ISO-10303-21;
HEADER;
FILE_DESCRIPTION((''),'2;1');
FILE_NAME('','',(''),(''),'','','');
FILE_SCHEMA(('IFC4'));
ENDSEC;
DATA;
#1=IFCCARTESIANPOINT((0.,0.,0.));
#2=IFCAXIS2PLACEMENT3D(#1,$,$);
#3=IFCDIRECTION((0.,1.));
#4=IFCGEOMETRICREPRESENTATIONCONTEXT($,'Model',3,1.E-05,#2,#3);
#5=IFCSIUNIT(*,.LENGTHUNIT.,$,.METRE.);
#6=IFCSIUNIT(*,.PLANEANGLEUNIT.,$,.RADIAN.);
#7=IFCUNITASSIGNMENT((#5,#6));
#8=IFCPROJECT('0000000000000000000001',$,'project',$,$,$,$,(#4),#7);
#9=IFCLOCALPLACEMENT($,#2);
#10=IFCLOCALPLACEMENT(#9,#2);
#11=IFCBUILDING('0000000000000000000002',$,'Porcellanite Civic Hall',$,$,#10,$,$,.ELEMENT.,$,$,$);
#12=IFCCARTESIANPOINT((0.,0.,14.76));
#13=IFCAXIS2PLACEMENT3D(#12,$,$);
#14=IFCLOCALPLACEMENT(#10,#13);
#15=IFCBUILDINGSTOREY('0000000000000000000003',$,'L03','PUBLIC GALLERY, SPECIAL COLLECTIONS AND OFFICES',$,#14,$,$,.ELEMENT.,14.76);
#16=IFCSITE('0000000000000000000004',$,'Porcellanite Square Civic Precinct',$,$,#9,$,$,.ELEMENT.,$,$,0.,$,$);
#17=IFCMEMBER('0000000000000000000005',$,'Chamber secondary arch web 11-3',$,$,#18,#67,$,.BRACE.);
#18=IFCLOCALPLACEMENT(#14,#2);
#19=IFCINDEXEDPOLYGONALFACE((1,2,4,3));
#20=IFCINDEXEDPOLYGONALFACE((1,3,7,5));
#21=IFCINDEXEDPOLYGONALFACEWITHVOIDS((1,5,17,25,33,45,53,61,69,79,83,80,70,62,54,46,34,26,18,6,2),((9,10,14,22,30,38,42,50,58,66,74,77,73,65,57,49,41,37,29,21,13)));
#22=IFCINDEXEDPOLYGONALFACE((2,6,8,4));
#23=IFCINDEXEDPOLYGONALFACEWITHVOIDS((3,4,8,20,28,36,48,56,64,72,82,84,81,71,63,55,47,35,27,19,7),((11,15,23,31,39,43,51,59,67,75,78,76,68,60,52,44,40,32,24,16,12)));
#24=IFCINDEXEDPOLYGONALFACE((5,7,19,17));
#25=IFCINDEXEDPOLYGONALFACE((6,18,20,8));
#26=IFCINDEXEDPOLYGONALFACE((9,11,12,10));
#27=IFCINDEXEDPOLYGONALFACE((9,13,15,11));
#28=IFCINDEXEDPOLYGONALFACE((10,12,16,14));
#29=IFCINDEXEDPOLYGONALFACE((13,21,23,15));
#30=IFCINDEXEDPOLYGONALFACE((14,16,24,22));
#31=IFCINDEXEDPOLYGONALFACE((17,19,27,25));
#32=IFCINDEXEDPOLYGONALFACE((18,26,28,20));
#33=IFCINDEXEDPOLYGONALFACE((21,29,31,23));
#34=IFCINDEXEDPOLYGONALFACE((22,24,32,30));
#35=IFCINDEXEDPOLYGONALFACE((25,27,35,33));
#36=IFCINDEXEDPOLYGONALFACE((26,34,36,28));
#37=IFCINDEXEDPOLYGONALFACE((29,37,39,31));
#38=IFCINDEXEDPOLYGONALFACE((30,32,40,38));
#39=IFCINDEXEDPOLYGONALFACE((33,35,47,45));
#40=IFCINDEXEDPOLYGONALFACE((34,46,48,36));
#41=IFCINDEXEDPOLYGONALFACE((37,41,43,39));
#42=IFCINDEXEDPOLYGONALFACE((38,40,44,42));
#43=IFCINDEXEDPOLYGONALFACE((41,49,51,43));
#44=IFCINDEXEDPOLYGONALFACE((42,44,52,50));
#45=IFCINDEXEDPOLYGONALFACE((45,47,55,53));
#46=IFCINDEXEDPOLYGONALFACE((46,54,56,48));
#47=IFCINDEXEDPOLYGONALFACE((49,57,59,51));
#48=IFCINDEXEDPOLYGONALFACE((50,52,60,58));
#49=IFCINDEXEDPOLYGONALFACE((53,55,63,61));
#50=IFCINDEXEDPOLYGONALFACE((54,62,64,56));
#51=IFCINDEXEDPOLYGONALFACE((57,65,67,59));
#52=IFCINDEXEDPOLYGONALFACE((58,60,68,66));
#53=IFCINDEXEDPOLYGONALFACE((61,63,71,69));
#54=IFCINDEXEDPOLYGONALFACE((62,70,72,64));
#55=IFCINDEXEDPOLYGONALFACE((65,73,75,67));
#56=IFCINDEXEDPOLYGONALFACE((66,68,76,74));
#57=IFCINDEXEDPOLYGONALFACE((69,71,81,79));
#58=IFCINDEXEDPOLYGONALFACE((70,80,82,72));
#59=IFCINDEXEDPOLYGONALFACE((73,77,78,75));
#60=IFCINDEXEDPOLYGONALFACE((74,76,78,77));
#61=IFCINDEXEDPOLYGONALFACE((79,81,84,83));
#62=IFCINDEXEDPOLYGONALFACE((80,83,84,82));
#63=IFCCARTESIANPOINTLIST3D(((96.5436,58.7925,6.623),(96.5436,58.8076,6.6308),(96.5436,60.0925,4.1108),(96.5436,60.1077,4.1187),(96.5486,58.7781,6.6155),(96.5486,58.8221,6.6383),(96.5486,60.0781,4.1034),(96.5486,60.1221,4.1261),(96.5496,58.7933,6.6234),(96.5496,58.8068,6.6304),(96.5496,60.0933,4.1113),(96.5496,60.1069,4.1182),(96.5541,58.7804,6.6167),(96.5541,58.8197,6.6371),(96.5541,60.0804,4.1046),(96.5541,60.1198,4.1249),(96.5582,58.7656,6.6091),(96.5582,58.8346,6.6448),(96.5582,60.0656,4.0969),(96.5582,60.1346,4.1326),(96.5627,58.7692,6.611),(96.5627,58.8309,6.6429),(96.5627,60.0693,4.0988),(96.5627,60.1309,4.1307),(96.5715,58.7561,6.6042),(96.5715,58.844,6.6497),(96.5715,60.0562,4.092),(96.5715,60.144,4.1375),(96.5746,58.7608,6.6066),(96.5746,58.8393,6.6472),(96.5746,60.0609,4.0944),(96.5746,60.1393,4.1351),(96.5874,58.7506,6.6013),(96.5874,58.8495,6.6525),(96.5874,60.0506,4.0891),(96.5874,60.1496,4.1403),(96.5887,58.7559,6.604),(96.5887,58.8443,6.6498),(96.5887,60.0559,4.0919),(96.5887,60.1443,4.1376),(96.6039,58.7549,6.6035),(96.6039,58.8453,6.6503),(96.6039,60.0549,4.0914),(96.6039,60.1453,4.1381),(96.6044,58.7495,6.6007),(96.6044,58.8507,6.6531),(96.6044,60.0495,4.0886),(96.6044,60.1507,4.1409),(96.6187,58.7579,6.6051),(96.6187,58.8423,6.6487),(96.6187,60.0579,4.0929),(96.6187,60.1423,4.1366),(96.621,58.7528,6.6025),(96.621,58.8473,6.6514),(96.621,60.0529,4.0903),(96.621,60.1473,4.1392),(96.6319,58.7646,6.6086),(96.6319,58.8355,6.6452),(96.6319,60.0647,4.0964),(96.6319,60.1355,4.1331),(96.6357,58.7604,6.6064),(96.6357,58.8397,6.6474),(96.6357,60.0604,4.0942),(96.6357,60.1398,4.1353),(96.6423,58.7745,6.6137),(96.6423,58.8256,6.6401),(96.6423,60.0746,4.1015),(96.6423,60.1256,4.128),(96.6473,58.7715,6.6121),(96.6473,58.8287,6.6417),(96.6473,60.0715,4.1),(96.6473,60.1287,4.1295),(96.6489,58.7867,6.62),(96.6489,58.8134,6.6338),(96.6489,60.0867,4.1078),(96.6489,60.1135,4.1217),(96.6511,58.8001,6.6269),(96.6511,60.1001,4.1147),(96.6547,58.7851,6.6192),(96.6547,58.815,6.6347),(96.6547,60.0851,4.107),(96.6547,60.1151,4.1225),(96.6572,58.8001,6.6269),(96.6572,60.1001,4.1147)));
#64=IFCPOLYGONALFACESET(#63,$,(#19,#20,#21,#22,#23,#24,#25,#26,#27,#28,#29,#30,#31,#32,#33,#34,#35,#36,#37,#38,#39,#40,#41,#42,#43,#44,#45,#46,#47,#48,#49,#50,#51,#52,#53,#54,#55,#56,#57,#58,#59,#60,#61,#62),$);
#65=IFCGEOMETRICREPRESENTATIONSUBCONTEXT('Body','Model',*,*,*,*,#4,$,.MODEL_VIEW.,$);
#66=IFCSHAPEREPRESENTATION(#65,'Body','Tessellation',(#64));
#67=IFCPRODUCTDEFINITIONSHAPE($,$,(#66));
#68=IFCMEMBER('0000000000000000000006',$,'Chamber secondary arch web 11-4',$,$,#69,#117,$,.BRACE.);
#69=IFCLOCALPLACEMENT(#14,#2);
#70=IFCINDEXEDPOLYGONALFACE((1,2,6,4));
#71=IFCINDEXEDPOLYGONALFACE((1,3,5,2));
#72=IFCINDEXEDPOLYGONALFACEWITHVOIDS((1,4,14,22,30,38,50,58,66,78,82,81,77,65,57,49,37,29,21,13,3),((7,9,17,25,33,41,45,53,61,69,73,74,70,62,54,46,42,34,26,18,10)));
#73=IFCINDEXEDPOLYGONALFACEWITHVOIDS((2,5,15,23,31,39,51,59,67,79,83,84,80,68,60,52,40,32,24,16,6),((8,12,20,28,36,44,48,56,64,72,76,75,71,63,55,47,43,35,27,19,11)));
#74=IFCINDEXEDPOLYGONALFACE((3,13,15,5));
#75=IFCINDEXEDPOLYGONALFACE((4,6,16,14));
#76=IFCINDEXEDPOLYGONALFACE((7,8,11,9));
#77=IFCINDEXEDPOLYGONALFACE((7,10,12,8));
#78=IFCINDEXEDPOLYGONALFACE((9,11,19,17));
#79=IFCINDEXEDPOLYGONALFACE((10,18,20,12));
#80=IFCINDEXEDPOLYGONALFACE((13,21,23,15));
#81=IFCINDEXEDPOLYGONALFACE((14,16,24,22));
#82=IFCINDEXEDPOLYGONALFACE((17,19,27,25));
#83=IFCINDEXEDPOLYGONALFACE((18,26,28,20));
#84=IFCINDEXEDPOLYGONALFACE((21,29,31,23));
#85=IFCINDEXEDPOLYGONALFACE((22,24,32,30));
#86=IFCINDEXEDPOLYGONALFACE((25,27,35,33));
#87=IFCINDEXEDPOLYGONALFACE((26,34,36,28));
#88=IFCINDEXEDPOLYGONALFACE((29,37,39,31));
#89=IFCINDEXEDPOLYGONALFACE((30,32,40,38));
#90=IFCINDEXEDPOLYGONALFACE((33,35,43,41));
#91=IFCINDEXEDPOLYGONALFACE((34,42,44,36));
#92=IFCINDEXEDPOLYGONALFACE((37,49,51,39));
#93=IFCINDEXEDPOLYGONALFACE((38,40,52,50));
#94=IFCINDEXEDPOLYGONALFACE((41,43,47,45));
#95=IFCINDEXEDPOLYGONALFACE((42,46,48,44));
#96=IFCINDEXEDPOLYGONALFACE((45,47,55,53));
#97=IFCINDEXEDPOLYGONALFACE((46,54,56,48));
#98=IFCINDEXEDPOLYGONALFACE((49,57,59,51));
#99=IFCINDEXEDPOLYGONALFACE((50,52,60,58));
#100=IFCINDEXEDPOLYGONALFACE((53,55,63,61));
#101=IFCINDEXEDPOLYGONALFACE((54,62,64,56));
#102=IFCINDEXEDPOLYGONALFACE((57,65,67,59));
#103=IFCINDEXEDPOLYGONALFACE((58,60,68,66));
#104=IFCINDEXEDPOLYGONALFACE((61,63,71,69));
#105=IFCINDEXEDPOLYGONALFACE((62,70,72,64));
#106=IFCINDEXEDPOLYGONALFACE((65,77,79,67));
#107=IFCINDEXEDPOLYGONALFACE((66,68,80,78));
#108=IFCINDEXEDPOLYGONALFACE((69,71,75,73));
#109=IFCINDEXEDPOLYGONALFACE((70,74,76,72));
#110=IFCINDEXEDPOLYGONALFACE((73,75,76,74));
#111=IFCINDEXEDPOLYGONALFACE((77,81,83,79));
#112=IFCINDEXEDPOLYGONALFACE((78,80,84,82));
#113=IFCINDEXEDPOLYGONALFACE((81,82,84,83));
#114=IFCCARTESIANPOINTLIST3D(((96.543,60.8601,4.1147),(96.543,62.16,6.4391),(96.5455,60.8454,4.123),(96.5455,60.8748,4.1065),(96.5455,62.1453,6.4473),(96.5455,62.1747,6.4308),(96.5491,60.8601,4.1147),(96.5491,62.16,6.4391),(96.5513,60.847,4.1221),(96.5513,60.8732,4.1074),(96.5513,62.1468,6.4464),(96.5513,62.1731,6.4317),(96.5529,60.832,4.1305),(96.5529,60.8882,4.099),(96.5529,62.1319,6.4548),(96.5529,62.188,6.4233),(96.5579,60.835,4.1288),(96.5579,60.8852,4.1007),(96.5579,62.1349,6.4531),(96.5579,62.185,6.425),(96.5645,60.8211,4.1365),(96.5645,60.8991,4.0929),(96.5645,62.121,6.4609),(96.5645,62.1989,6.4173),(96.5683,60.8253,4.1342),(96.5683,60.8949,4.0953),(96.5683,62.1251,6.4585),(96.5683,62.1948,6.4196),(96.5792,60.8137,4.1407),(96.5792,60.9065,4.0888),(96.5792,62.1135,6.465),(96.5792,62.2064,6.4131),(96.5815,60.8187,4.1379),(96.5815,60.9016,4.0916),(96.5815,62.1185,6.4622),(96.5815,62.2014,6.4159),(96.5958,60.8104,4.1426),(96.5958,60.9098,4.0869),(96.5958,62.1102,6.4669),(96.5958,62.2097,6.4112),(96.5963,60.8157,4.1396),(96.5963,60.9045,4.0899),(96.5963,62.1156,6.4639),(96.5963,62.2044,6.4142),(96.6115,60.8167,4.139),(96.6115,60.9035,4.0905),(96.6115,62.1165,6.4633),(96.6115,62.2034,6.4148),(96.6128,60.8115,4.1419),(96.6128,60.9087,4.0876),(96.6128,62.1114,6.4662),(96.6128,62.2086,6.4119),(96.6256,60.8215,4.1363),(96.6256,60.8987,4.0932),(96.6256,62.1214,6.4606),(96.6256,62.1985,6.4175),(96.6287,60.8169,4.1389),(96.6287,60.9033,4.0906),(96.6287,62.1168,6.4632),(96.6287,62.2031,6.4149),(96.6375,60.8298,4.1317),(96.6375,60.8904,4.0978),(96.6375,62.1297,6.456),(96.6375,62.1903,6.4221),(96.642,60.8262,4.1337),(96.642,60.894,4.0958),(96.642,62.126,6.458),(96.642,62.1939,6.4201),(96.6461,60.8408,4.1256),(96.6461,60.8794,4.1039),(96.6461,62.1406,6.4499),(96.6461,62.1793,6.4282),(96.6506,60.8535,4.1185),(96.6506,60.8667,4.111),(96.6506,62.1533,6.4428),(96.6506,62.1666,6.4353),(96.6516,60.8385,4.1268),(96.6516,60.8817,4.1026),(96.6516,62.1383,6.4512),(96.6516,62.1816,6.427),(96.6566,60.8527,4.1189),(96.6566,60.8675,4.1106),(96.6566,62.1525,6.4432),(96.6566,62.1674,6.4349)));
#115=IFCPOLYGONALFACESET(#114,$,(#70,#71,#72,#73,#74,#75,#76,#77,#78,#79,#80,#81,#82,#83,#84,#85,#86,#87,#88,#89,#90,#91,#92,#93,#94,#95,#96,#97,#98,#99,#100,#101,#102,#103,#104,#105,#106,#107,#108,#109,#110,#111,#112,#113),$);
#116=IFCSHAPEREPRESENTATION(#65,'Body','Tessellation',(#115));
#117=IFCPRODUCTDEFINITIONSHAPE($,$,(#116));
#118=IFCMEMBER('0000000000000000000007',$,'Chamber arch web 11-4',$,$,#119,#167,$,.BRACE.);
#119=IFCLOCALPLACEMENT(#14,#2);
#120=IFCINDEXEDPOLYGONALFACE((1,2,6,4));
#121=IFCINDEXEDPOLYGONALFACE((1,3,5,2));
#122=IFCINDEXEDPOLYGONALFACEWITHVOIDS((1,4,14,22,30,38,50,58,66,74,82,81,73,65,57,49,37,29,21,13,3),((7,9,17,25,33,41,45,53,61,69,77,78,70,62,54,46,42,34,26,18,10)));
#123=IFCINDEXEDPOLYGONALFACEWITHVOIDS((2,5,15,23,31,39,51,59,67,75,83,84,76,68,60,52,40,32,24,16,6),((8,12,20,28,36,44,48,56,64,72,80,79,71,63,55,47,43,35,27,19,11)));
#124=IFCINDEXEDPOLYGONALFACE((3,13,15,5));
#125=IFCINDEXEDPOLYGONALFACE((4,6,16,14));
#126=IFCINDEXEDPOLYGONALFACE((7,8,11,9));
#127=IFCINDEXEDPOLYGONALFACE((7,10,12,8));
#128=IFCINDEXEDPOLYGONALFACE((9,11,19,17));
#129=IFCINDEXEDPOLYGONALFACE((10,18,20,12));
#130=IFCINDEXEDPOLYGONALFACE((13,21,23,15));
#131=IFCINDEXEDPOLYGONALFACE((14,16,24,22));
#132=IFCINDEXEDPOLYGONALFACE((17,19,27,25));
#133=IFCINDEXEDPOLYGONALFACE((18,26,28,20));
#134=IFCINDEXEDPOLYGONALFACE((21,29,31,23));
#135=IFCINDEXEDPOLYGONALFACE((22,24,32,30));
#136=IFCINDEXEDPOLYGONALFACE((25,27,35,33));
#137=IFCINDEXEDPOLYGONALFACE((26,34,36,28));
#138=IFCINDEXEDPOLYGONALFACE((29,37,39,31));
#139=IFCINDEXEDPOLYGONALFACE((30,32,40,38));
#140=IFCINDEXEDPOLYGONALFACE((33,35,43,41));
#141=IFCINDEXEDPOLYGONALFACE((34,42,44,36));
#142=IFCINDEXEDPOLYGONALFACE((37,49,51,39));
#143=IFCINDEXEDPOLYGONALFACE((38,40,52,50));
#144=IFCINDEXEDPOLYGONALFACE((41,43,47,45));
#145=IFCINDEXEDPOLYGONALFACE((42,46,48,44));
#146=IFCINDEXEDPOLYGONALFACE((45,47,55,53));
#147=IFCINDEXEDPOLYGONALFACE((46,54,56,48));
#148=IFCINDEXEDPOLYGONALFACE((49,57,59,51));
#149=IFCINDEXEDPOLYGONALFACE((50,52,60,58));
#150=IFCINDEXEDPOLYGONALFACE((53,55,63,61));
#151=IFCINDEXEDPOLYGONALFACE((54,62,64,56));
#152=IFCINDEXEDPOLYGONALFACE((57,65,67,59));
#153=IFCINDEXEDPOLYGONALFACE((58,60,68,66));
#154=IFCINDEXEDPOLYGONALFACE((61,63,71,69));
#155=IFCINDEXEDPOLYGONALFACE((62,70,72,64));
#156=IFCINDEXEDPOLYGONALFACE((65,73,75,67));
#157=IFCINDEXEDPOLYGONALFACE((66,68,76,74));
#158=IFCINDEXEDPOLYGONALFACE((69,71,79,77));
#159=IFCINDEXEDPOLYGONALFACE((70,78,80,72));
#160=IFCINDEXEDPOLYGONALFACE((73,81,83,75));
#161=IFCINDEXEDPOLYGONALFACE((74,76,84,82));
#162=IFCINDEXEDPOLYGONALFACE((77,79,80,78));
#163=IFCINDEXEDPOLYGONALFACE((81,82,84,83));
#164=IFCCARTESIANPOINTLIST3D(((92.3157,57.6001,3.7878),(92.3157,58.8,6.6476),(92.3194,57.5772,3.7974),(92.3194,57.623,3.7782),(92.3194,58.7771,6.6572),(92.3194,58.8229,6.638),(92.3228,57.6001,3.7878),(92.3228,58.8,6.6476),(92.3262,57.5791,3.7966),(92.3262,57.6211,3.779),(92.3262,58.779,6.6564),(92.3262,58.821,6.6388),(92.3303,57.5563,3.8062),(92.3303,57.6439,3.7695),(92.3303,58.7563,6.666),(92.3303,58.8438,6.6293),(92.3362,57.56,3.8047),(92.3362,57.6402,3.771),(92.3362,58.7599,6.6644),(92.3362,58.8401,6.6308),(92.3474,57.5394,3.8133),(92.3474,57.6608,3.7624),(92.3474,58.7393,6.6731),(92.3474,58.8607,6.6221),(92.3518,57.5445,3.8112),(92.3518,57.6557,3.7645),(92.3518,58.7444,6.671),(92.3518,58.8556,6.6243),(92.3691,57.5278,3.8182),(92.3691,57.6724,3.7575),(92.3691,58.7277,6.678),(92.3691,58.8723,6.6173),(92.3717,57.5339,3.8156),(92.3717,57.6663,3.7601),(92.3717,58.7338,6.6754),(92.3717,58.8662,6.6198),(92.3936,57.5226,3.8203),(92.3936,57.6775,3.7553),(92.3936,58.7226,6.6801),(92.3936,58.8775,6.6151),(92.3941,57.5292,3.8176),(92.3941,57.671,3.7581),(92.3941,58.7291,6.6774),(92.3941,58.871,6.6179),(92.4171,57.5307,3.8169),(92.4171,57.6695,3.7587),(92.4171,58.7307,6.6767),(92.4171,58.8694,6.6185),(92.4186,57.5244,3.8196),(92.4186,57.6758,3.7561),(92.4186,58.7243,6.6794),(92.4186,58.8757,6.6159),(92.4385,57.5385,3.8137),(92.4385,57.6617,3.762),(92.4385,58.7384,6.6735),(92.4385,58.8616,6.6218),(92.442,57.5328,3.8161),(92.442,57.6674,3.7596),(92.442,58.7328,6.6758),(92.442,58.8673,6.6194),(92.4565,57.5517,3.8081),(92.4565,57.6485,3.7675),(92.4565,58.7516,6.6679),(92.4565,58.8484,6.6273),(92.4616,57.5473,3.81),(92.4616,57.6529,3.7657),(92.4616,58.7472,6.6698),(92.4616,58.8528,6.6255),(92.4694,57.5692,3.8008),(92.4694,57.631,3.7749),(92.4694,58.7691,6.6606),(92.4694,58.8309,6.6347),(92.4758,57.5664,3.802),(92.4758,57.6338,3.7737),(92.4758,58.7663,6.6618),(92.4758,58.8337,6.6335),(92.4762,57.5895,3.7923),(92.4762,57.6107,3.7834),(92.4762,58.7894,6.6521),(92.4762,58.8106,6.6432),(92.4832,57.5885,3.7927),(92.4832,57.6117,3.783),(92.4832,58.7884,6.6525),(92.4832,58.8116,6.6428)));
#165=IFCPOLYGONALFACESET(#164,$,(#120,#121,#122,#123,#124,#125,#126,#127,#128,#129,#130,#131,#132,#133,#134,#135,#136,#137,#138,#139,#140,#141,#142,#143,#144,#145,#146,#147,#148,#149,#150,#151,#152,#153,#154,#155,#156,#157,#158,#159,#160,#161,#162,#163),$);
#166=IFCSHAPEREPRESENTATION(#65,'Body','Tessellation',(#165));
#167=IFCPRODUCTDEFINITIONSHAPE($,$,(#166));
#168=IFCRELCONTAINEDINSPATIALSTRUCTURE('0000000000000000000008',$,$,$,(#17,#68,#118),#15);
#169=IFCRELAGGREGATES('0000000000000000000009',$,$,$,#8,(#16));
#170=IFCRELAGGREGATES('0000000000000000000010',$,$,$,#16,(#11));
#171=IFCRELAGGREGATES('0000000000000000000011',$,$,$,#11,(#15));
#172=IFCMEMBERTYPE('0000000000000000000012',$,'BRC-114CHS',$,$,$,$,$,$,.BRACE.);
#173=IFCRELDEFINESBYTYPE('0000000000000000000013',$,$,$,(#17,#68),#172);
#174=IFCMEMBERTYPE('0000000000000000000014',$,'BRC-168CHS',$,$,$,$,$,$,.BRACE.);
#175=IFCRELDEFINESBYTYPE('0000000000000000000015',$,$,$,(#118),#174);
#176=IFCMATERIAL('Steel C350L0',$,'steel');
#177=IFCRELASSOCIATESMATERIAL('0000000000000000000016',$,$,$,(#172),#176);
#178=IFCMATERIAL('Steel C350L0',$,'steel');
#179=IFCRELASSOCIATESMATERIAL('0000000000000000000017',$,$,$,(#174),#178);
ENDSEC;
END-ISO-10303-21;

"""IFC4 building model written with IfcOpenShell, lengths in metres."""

from ifc_helpers import new_model, si_unit, direction, frame, origin, origin_2d, place, context, subcontext, project, spatial, hollow_circle, extrude, material, material_profile, profile_set, type_object, element, save


model = new_model("IFC4")

# Units and contexts
model_context = context("Model", 3, precision=1e-05, world=origin(), true_north=direction((0.0, 1.0)))
body_context = subcontext(model_context, "Body", "Model", "MODEL_VIEW")
ifc_project = project(units=[si_unit("LENGTHUNIT", "METRE"), si_unit("PLANEANGLEUNIT", "RADIAN")], contexts=[model_context])

# Site, building, storey
site_placement = place(None, origin())
site = spatial("IfcSite", under=ifc_project, at=site_placement, Name="Porcellanite Square Civic Precinct", CompositionType="ELEMENT", RefElevation=0.0)
building_placement = place(site_placement, origin())
building = spatial("IfcBuilding", under=site, at=building_placement, Name="Porcellanite Civic Hall", CompositionType="ELEMENT")
storey_placement = place(building_placement, frame((0.0, 0.0, 14.76)))
storey = spatial("IfcBuildingStorey", under=building, at=storey_placement, Name="L03", Description="PUBLIC GALLERY, SPECIAL COLLECTIONS AND OFFICES", CompositionType="ELEMENT", Elevation=14.76)

# Members
ifc_material_1 = material(Name="Steel C350L0", Category="steel")
ifc_material_profile_1 = material_profile(ifc_material_1, hollow_circle(Radius=0.0571, WallThickness=0.0061, at=origin_2d()), Name="114.3x6.0CHS")
ifc_profile_set_1 = profile_set([ifc_material_profile_1], Name="Steel C350L0")
member_type_1 = type_object("IfcMemberType", Name="BRC-114CHS", PredefinedType="BRACE", material=ifc_profile_set_1)
for number, where, z_axis, x_axis, name in (
    (1, (96.6001, 60.1001, 4.1147), (0.0, -0.459599, 0.888127), (1.0, 0.0, 0.0), "Chamber secondary arch web 11-3"),
):
    element("IfcMember", number, at=place(storey_placement, frame(where, z_axis=z_axis, x_axis=x_axis)), inside=storey, type_object=member_type_1, Name=name, PredefinedType="BRACE", context=body_context, shape_type="SweptSolid", body=[
        extrude(hollow_circle(Radius=0.0571, WallThickness=0.0061, at=origin_2d()), origin(), (0.0, 0.0, 1.0), 2.8286),
    ])
member_1_placement = place(storey_placement, frame((96.6001, 60.8601, 4.1147), z_axis=(0.0, 0.488101, 0.872787), x_axis=(-1.0, 0.0, 0.0)))
element("IfcMember", 2, at=member_1_placement, inside=storey, type_object=member_type_1, Name="Chamber secondary arch web 11-4", PredefinedType="BRACE", context=body_context, shape_type="SweptSolid", body=[
    extrude(hollow_circle(Radius=0.0571, WallThickness=0.0061, at=origin_2d()), origin(), (0.0, 0.0, 1.0), 2.6631),
])
ifc_material_2 = material(Name="Steel C350L0", Category="steel")
ifc_material_profile_2 = material_profile(ifc_material_2, hollow_circle(Radius=0.0842, WallThickness=0.0071, at=origin_2d()), Name="168.3x7.1CHS")
ifc_profile_set_2 = profile_set([ifc_material_profile_2], Name="Steel C350L0")
member_type_2 = type_object("IfcMemberType", Name="BRC-168CHS", PredefinedType="BRACE", material=ifc_profile_set_2)
for number, where, z_axis, x_axis, name in (
    (3, (92.3999, 57.6001, 3.7878), (0.0, 0.386906, 0.922119), (-1.0, 0.0, 0.0), "Chamber arch web 11-4"),
):
    element("IfcMember", number, at=place(storey_placement, frame(where, z_axis=z_axis, x_axis=x_axis)), inside=storey, type_object=member_type_2, Name=name, PredefinedType="BRACE", context=body_context, shape_type="SweptSolid", body=[
        extrude(hollow_circle(Radius=0.0842, WallThickness=0.0071, at=origin_2d()), origin(), (0.0, 0.0, 1.0), 3.1013),
    ])

save(model, "model.ifc")
